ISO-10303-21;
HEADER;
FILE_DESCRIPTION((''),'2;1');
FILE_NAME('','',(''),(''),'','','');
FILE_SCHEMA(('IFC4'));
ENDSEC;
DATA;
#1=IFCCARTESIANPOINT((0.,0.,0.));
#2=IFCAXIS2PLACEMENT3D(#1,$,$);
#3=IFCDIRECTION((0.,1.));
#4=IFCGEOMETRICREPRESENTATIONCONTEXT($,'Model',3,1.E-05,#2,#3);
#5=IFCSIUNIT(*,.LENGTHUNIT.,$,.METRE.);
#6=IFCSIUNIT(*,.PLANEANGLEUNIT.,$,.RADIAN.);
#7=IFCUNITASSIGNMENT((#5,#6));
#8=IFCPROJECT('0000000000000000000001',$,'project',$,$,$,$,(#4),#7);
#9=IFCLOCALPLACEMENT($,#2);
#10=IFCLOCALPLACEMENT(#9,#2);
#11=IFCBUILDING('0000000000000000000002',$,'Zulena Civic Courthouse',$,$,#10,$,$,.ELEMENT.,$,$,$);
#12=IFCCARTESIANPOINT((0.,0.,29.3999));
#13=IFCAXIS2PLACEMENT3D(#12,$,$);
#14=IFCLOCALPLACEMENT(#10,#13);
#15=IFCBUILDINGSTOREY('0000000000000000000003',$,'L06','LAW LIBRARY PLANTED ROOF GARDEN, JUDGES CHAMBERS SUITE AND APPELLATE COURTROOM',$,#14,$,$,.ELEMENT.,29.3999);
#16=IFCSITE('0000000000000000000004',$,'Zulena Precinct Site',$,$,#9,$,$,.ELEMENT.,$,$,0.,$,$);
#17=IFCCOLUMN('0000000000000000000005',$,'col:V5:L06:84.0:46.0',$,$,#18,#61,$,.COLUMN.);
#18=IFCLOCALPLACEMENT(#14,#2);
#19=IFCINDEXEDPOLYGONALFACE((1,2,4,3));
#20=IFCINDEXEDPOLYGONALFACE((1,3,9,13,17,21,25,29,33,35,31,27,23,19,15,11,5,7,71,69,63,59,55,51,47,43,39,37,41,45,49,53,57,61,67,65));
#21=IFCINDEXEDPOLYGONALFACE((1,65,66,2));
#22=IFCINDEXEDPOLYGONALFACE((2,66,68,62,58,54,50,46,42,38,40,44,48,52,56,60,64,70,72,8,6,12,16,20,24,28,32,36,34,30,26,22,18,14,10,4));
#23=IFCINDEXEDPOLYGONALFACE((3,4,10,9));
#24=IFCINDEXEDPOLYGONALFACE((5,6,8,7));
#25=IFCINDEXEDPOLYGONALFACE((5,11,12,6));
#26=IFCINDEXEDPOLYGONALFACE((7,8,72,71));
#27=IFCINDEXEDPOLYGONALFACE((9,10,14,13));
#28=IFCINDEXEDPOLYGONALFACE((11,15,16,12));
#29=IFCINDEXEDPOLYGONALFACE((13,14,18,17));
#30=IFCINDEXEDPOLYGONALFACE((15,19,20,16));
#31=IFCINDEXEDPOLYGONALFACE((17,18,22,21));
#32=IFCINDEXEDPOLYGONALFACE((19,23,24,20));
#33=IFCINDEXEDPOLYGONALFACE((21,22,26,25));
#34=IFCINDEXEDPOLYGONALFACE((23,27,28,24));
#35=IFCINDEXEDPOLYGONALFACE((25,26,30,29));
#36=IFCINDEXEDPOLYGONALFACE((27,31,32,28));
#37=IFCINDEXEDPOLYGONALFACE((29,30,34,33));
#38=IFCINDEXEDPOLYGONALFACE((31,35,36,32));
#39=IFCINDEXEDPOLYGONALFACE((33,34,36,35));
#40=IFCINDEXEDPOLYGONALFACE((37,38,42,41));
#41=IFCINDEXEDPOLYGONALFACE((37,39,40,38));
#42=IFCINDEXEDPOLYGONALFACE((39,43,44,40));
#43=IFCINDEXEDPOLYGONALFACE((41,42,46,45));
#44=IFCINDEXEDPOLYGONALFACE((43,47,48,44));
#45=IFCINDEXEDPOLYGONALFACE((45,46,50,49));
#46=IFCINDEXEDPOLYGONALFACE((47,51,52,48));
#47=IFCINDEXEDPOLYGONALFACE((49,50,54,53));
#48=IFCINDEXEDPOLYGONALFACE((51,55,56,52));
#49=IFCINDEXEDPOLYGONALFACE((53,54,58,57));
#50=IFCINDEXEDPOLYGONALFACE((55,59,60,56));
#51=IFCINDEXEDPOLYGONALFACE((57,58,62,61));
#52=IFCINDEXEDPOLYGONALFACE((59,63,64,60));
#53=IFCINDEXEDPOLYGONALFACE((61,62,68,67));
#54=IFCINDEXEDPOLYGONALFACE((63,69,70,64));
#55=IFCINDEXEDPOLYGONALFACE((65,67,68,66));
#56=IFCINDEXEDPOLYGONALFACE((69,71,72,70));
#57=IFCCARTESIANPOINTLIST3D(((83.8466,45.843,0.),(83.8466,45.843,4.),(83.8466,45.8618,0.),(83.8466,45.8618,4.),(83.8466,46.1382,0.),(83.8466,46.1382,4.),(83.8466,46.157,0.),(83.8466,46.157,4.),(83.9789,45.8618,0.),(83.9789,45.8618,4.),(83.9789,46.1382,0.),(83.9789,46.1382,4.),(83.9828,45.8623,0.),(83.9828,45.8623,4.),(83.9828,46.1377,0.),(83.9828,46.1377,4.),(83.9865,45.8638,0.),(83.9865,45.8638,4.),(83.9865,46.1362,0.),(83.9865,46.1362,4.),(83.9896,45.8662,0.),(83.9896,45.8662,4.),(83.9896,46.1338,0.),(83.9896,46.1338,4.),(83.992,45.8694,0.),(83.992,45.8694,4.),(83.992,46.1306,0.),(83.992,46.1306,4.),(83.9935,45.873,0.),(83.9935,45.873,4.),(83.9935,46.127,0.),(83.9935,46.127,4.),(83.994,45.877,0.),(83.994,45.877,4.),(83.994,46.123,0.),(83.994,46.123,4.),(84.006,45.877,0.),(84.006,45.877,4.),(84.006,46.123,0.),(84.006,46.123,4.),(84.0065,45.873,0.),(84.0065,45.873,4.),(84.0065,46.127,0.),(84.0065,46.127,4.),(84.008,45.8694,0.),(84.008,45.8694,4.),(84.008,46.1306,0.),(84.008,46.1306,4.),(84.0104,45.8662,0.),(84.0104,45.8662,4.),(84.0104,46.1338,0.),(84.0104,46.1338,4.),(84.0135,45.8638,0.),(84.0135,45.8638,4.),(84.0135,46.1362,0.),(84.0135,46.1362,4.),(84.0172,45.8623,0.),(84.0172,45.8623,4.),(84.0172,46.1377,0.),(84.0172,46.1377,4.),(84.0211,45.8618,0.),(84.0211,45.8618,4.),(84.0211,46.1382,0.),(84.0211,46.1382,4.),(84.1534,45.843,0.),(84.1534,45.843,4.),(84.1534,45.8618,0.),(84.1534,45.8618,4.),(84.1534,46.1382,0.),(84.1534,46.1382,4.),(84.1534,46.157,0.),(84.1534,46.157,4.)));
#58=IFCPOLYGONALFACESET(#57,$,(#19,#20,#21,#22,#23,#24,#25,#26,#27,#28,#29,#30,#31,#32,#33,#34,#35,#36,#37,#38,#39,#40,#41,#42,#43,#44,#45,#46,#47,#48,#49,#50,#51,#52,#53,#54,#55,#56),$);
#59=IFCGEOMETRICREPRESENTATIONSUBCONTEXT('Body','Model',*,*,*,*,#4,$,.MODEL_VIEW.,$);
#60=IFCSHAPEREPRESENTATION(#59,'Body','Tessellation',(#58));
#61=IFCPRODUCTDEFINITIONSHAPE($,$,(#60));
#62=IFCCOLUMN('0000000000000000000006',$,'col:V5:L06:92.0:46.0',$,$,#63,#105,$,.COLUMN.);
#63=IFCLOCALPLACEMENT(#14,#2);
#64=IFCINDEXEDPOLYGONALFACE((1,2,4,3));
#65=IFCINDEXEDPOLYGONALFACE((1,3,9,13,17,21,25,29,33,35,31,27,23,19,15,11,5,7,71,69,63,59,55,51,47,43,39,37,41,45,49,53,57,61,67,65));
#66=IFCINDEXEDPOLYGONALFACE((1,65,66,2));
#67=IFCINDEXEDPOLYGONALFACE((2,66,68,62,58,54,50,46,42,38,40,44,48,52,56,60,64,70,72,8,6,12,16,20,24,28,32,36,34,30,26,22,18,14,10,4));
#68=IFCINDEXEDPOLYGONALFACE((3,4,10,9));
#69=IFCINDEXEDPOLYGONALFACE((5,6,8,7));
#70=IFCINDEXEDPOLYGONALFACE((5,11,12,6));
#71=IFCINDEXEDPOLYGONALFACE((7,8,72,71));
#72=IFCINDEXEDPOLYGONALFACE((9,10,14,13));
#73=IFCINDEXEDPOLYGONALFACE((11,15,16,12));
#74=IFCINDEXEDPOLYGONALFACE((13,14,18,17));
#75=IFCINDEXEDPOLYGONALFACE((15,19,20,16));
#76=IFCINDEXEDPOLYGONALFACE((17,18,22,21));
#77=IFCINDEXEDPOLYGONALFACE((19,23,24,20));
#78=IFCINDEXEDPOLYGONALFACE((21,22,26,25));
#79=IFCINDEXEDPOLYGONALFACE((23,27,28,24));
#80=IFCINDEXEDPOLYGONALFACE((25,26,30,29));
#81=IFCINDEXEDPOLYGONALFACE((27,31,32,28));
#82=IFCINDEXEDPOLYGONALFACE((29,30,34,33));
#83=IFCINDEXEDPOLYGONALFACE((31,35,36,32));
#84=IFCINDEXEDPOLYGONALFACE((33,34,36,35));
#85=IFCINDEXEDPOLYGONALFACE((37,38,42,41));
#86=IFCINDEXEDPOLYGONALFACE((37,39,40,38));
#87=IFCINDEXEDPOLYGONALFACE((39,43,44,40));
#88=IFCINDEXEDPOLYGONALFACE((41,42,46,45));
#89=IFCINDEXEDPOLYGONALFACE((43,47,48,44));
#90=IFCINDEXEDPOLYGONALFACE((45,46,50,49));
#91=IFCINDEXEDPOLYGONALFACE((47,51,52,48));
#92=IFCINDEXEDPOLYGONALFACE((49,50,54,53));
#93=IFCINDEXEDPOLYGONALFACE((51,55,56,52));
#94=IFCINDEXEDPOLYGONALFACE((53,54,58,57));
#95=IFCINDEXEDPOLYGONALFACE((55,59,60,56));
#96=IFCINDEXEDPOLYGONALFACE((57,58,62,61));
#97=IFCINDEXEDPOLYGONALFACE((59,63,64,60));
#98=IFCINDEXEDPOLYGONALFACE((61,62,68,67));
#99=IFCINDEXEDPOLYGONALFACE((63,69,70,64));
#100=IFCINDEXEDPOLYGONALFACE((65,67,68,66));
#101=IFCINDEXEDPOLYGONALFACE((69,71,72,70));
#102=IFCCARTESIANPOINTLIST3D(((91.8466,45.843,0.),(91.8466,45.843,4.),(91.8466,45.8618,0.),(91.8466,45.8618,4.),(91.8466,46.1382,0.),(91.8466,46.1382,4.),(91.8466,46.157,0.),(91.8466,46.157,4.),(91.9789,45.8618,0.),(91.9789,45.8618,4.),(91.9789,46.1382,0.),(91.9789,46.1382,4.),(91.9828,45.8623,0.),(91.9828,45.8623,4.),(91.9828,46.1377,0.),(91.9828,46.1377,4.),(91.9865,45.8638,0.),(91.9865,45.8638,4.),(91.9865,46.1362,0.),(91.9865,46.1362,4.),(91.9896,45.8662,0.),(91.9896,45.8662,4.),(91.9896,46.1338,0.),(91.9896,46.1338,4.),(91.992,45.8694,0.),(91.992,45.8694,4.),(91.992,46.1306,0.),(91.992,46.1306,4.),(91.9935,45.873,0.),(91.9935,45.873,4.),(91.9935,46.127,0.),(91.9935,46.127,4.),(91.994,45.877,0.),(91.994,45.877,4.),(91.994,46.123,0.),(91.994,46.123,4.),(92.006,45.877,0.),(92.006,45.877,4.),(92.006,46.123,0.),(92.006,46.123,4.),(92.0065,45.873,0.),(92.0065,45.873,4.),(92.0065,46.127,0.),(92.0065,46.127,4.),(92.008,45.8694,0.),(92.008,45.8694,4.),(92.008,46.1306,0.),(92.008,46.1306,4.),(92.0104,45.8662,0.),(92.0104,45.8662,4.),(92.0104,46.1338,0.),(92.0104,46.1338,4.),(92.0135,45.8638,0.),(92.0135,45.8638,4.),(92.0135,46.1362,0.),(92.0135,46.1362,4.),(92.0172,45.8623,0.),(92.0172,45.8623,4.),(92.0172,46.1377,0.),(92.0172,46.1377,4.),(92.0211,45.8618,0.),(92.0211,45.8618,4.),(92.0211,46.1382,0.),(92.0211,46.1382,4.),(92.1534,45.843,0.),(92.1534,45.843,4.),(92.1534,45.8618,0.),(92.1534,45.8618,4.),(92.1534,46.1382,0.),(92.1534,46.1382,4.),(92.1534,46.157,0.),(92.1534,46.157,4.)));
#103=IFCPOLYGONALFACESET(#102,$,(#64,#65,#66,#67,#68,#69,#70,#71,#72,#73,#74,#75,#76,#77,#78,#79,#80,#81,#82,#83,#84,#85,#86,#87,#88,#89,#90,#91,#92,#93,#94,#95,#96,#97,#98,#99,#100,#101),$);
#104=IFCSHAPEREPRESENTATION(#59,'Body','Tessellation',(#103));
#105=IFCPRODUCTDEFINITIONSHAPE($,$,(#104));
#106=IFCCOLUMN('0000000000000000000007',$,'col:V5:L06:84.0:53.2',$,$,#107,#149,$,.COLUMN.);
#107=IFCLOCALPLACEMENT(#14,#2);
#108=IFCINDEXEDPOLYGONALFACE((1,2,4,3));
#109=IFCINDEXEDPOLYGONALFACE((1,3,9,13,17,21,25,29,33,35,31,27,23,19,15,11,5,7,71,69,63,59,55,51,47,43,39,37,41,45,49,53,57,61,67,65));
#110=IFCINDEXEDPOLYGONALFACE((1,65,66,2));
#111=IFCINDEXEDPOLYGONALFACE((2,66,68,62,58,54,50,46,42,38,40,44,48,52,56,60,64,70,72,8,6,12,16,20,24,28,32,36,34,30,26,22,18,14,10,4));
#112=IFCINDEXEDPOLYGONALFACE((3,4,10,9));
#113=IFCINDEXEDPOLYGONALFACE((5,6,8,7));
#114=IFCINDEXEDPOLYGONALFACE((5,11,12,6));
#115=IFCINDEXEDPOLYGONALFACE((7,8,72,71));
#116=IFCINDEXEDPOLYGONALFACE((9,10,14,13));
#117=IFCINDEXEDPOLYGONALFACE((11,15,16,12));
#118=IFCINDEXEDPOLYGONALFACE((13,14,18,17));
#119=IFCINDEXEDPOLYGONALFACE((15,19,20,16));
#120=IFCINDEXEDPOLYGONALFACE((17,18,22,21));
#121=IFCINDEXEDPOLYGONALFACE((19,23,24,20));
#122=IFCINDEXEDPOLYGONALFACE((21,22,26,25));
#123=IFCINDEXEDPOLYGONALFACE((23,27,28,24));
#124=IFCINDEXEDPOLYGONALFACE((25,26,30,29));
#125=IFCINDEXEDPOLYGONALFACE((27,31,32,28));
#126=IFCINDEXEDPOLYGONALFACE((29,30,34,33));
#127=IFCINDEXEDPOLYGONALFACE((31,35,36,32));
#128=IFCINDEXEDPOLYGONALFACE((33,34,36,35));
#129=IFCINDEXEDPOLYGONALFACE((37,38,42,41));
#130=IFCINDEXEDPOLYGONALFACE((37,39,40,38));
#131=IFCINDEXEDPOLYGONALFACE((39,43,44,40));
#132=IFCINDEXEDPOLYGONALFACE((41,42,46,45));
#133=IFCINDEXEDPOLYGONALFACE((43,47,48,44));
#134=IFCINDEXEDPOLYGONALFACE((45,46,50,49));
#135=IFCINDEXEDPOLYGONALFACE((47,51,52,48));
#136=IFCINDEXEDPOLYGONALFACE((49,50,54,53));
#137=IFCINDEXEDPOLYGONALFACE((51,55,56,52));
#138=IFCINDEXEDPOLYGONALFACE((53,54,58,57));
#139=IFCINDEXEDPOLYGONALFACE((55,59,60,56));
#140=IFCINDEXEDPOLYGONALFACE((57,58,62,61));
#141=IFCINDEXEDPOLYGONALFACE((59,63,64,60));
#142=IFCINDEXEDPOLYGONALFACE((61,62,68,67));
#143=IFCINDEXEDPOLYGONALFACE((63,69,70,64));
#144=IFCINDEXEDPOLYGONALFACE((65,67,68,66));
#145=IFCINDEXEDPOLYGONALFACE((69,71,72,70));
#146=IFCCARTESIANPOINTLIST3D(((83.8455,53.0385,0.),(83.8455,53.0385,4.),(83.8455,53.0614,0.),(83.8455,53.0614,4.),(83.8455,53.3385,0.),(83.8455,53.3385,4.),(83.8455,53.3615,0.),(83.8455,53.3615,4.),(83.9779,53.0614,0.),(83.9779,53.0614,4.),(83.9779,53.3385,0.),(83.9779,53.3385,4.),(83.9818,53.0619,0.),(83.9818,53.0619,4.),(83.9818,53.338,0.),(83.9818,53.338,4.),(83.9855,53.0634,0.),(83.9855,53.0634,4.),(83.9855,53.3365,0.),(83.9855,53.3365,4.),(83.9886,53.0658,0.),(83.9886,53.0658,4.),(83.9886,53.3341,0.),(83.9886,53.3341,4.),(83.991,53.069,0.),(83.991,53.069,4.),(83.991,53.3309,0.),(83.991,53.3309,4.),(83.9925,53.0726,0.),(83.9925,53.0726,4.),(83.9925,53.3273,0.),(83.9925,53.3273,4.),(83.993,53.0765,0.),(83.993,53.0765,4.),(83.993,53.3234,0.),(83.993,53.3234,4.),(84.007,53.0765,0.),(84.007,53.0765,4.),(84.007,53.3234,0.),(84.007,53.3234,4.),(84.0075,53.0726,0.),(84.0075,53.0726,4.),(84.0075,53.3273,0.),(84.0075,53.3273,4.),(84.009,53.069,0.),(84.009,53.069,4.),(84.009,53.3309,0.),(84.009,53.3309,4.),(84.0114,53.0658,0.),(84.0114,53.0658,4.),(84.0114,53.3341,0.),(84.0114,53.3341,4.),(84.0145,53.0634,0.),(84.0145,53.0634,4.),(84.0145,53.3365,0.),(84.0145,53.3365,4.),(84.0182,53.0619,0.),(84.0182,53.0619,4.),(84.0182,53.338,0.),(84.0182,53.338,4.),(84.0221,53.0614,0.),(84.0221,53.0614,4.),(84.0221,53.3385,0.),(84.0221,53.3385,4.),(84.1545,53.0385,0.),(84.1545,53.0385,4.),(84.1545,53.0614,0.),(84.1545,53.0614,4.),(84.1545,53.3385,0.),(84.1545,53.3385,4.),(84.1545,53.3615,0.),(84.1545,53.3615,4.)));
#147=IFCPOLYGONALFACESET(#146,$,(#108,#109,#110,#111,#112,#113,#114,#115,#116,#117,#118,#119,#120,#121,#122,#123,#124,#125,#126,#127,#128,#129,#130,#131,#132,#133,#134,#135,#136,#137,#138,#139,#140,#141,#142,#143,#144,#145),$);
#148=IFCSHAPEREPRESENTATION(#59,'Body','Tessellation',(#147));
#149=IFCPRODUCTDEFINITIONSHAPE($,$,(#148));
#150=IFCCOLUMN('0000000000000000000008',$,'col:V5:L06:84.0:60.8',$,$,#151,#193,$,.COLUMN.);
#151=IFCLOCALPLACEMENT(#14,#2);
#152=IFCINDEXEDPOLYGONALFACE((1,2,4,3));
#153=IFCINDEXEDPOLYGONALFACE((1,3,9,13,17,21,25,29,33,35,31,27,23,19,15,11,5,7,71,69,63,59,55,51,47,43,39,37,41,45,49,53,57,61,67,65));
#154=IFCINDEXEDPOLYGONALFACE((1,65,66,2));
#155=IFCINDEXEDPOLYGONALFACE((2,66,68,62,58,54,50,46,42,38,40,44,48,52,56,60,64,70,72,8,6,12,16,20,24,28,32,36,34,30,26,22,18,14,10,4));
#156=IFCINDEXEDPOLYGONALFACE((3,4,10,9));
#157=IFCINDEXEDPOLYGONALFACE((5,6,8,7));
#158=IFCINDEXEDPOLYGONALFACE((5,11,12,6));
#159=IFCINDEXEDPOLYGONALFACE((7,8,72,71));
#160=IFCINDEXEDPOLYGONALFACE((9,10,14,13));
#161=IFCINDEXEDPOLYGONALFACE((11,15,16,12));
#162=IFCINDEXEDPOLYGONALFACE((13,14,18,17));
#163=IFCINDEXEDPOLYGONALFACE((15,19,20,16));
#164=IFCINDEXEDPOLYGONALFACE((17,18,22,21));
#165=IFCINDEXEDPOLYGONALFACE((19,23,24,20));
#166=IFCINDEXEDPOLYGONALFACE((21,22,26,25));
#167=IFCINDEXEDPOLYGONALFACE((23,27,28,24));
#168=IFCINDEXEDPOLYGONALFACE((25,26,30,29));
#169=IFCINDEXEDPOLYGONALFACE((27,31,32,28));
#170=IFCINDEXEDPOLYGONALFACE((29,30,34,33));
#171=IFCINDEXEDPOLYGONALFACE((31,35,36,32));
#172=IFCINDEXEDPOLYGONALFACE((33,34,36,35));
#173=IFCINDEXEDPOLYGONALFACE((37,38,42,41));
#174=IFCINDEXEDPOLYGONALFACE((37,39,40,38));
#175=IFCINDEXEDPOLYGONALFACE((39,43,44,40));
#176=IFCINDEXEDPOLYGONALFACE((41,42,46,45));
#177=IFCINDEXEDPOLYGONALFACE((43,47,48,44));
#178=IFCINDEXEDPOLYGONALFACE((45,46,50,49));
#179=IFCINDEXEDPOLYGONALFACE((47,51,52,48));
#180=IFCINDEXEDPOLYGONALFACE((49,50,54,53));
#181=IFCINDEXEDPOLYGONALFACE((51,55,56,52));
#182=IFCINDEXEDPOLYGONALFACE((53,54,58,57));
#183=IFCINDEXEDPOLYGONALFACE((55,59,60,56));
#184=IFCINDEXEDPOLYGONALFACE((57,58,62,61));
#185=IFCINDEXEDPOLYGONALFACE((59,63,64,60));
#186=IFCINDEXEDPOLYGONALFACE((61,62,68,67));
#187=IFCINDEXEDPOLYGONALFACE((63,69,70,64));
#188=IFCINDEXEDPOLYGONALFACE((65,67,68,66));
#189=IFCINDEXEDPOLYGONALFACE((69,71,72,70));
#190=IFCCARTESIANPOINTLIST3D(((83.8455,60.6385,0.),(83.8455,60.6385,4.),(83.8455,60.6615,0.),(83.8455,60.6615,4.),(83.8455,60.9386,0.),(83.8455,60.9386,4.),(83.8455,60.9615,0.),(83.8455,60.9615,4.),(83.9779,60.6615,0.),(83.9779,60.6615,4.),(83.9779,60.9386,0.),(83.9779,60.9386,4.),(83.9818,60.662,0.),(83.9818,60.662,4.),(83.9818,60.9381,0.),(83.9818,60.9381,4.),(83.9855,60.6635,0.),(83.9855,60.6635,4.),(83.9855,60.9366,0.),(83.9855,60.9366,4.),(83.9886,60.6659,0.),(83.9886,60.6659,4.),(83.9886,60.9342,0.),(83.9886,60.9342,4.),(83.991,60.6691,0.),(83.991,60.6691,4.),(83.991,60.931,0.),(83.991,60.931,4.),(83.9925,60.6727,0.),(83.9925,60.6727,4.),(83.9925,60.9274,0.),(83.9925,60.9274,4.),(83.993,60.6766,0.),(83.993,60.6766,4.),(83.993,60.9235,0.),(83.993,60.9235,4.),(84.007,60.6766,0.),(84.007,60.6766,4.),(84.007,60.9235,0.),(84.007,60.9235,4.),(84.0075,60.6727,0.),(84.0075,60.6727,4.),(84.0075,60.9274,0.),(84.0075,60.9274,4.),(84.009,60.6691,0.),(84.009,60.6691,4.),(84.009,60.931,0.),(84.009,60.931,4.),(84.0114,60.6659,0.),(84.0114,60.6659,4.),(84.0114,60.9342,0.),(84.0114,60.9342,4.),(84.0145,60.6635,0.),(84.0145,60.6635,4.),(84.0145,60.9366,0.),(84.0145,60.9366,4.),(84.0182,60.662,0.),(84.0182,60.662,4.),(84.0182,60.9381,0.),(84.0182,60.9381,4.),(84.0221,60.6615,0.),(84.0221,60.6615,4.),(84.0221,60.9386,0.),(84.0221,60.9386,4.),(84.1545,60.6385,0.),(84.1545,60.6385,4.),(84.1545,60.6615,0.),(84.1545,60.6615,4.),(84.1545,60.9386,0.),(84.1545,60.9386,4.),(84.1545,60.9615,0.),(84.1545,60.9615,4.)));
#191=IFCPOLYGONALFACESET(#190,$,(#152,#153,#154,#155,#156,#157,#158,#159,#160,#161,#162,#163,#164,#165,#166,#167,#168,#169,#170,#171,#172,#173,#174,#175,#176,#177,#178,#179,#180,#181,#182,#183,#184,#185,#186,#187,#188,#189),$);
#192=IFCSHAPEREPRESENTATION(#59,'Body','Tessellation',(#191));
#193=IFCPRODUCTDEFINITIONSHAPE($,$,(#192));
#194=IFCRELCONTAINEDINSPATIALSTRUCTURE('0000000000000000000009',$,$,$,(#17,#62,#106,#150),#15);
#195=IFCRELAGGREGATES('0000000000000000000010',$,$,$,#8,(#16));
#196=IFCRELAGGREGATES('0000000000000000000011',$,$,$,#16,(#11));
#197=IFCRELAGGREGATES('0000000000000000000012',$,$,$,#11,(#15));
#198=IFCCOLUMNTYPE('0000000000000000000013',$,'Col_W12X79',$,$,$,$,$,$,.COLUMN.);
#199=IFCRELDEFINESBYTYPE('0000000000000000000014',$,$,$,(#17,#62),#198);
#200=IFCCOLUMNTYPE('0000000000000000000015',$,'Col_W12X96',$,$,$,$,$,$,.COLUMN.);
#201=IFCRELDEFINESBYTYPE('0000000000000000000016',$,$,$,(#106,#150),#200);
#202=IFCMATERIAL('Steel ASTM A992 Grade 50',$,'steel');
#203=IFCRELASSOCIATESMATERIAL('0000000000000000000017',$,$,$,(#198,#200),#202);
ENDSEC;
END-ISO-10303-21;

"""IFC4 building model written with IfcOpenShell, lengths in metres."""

from ifc_helpers import new_model, si_unit, direction, frame, origin, origin_2d, place, context, subcontext, project, spatial, i_section, extrude, material, material_profile, profile_set, type_object, element, save


model = new_model("IFC4")

# Units and contexts
model_context = context("Model", 3, precision=1e-05, world=origin(), true_north=direction((0.0, 1.0)))
body_context = subcontext(model_context, "Body", "Model", "MODEL_VIEW")
ifc_project = project(units=[si_unit("LENGTHUNIT", "METRE"), si_unit("PLANEANGLEUNIT", "RADIAN")], contexts=[model_context])

# Site, building, storey
site_placement = place(None, origin())
site = spatial("IfcSite", under=ifc_project, at=site_placement, Name="Zulena Precinct Site", CompositionType="ELEMENT", RefElevation=0.0)
building_placement = place(site_placement, origin())
building = spatial("IfcBuilding", under=site, at=building_placement, Name="Zulena Civic Courthouse", CompositionType="ELEMENT")
storey_placement = place(building_placement, frame((0.0, 0.0, 29.3999)))
storey = spatial("IfcBuildingStorey", under=building, at=storey_placement, Name="L06", Description="LAW LIBRARY PLANTED ROOF GARDEN, JUDGES CHAMBERS SUITE AND APPELLATE COURTROOM", CompositionType="ELEMENT", Elevation=29.3999)

# Columns
ifc_material_1 = material(Name="Steel ASTM A992 Grade 50", Category="steel")
ifc_material_profile_1 = material_profile(ifc_material_1, i_section(OverallWidth=0.3069, OverallDepth=0.314, WebThickness=0.012, FlangeThickness=0.0188, FilletRadius=0.0151, at=origin_2d()), Name="W12X79")
ifc_profile_set_1 = profile_set([ifc_material_profile_1], Name="Steel ASTM A992 Grade 50")
column_type_1 = type_object("IfcColumnType", Name="Col_W12X79", PredefinedType="COLUMN", material=ifc_profile_set_1)
for number, where, z_axis, x_axis, name in (
    (1, (84.0, 46.0, 0.0), (0.0, 0.0, 1.0), (1.0, 0.0, 0.0), "col:V5:L06:84.0:46.0"),
    (2, (92.0, 46.0, 0.0), (0.0, 0.0, 1.0), (1.0, 0.0, 0.0), "col:V5:L06:92.0:46.0"),
):
    element("IfcColumn", number, at=place(storey_placement, frame(where, z_axis=z_axis, x_axis=x_axis)), inside=storey, type_object=column_type_1, Name=name, PredefinedType="COLUMN", context=body_context, shape_type="SweptSolid", body=[
        extrude(i_section(OverallWidth=0.3069, OverallDepth=0.314, WebThickness=0.012, FlangeThickness=0.0188, FilletRadius=0.0151, at=origin_2d()), origin(), (0.0, 0.0, 1.0), 4.0),
    ])
ifc_material_profile_2 = material_profile(ifc_material_1, i_section(OverallWidth=0.3091, OverallDepth=0.323, WebThickness=0.0139, FlangeThickness=0.0229, FilletRadius=0.0151, at=origin_2d()), Name="W12X96")
ifc_profile_set_2 = profile_set([ifc_material_profile_2], Name="Steel ASTM A992 Grade 50")
column_type_2 = type_object("IfcColumnType", Name="Col_W12X96", PredefinedType="COLUMN", material=ifc_profile_set_2)
for number, where, z_axis, x_axis, name in (
    (3, (84.0, 53.2, 0.0), (0.0, 0.0, 1.0), (1.0, 0.0, 0.0), "col:V5:L06:84.0:53.2"),
    (4, (84.0, 60.8, 0.0), (0.0, 0.0, 1.0), (1.0, 0.0, 0.0), "col:V5:L06:84.0:60.8"),
):
    element("IfcColumn", number, at=place(storey_placement, frame(where, z_axis=z_axis, x_axis=x_axis)), inside=storey, type_object=column_type_2, Name=name, PredefinedType="COLUMN", context=body_context, shape_type="SweptSolid", body=[
        extrude(i_section(OverallWidth=0.3091, OverallDepth=0.323, WebThickness=0.0139, FlangeThickness=0.0229, FilletRadius=0.0151, at=origin_2d()), origin(), (0.0, 0.0, 1.0), 4.0),
    ])

save(model, "model.ifc")
